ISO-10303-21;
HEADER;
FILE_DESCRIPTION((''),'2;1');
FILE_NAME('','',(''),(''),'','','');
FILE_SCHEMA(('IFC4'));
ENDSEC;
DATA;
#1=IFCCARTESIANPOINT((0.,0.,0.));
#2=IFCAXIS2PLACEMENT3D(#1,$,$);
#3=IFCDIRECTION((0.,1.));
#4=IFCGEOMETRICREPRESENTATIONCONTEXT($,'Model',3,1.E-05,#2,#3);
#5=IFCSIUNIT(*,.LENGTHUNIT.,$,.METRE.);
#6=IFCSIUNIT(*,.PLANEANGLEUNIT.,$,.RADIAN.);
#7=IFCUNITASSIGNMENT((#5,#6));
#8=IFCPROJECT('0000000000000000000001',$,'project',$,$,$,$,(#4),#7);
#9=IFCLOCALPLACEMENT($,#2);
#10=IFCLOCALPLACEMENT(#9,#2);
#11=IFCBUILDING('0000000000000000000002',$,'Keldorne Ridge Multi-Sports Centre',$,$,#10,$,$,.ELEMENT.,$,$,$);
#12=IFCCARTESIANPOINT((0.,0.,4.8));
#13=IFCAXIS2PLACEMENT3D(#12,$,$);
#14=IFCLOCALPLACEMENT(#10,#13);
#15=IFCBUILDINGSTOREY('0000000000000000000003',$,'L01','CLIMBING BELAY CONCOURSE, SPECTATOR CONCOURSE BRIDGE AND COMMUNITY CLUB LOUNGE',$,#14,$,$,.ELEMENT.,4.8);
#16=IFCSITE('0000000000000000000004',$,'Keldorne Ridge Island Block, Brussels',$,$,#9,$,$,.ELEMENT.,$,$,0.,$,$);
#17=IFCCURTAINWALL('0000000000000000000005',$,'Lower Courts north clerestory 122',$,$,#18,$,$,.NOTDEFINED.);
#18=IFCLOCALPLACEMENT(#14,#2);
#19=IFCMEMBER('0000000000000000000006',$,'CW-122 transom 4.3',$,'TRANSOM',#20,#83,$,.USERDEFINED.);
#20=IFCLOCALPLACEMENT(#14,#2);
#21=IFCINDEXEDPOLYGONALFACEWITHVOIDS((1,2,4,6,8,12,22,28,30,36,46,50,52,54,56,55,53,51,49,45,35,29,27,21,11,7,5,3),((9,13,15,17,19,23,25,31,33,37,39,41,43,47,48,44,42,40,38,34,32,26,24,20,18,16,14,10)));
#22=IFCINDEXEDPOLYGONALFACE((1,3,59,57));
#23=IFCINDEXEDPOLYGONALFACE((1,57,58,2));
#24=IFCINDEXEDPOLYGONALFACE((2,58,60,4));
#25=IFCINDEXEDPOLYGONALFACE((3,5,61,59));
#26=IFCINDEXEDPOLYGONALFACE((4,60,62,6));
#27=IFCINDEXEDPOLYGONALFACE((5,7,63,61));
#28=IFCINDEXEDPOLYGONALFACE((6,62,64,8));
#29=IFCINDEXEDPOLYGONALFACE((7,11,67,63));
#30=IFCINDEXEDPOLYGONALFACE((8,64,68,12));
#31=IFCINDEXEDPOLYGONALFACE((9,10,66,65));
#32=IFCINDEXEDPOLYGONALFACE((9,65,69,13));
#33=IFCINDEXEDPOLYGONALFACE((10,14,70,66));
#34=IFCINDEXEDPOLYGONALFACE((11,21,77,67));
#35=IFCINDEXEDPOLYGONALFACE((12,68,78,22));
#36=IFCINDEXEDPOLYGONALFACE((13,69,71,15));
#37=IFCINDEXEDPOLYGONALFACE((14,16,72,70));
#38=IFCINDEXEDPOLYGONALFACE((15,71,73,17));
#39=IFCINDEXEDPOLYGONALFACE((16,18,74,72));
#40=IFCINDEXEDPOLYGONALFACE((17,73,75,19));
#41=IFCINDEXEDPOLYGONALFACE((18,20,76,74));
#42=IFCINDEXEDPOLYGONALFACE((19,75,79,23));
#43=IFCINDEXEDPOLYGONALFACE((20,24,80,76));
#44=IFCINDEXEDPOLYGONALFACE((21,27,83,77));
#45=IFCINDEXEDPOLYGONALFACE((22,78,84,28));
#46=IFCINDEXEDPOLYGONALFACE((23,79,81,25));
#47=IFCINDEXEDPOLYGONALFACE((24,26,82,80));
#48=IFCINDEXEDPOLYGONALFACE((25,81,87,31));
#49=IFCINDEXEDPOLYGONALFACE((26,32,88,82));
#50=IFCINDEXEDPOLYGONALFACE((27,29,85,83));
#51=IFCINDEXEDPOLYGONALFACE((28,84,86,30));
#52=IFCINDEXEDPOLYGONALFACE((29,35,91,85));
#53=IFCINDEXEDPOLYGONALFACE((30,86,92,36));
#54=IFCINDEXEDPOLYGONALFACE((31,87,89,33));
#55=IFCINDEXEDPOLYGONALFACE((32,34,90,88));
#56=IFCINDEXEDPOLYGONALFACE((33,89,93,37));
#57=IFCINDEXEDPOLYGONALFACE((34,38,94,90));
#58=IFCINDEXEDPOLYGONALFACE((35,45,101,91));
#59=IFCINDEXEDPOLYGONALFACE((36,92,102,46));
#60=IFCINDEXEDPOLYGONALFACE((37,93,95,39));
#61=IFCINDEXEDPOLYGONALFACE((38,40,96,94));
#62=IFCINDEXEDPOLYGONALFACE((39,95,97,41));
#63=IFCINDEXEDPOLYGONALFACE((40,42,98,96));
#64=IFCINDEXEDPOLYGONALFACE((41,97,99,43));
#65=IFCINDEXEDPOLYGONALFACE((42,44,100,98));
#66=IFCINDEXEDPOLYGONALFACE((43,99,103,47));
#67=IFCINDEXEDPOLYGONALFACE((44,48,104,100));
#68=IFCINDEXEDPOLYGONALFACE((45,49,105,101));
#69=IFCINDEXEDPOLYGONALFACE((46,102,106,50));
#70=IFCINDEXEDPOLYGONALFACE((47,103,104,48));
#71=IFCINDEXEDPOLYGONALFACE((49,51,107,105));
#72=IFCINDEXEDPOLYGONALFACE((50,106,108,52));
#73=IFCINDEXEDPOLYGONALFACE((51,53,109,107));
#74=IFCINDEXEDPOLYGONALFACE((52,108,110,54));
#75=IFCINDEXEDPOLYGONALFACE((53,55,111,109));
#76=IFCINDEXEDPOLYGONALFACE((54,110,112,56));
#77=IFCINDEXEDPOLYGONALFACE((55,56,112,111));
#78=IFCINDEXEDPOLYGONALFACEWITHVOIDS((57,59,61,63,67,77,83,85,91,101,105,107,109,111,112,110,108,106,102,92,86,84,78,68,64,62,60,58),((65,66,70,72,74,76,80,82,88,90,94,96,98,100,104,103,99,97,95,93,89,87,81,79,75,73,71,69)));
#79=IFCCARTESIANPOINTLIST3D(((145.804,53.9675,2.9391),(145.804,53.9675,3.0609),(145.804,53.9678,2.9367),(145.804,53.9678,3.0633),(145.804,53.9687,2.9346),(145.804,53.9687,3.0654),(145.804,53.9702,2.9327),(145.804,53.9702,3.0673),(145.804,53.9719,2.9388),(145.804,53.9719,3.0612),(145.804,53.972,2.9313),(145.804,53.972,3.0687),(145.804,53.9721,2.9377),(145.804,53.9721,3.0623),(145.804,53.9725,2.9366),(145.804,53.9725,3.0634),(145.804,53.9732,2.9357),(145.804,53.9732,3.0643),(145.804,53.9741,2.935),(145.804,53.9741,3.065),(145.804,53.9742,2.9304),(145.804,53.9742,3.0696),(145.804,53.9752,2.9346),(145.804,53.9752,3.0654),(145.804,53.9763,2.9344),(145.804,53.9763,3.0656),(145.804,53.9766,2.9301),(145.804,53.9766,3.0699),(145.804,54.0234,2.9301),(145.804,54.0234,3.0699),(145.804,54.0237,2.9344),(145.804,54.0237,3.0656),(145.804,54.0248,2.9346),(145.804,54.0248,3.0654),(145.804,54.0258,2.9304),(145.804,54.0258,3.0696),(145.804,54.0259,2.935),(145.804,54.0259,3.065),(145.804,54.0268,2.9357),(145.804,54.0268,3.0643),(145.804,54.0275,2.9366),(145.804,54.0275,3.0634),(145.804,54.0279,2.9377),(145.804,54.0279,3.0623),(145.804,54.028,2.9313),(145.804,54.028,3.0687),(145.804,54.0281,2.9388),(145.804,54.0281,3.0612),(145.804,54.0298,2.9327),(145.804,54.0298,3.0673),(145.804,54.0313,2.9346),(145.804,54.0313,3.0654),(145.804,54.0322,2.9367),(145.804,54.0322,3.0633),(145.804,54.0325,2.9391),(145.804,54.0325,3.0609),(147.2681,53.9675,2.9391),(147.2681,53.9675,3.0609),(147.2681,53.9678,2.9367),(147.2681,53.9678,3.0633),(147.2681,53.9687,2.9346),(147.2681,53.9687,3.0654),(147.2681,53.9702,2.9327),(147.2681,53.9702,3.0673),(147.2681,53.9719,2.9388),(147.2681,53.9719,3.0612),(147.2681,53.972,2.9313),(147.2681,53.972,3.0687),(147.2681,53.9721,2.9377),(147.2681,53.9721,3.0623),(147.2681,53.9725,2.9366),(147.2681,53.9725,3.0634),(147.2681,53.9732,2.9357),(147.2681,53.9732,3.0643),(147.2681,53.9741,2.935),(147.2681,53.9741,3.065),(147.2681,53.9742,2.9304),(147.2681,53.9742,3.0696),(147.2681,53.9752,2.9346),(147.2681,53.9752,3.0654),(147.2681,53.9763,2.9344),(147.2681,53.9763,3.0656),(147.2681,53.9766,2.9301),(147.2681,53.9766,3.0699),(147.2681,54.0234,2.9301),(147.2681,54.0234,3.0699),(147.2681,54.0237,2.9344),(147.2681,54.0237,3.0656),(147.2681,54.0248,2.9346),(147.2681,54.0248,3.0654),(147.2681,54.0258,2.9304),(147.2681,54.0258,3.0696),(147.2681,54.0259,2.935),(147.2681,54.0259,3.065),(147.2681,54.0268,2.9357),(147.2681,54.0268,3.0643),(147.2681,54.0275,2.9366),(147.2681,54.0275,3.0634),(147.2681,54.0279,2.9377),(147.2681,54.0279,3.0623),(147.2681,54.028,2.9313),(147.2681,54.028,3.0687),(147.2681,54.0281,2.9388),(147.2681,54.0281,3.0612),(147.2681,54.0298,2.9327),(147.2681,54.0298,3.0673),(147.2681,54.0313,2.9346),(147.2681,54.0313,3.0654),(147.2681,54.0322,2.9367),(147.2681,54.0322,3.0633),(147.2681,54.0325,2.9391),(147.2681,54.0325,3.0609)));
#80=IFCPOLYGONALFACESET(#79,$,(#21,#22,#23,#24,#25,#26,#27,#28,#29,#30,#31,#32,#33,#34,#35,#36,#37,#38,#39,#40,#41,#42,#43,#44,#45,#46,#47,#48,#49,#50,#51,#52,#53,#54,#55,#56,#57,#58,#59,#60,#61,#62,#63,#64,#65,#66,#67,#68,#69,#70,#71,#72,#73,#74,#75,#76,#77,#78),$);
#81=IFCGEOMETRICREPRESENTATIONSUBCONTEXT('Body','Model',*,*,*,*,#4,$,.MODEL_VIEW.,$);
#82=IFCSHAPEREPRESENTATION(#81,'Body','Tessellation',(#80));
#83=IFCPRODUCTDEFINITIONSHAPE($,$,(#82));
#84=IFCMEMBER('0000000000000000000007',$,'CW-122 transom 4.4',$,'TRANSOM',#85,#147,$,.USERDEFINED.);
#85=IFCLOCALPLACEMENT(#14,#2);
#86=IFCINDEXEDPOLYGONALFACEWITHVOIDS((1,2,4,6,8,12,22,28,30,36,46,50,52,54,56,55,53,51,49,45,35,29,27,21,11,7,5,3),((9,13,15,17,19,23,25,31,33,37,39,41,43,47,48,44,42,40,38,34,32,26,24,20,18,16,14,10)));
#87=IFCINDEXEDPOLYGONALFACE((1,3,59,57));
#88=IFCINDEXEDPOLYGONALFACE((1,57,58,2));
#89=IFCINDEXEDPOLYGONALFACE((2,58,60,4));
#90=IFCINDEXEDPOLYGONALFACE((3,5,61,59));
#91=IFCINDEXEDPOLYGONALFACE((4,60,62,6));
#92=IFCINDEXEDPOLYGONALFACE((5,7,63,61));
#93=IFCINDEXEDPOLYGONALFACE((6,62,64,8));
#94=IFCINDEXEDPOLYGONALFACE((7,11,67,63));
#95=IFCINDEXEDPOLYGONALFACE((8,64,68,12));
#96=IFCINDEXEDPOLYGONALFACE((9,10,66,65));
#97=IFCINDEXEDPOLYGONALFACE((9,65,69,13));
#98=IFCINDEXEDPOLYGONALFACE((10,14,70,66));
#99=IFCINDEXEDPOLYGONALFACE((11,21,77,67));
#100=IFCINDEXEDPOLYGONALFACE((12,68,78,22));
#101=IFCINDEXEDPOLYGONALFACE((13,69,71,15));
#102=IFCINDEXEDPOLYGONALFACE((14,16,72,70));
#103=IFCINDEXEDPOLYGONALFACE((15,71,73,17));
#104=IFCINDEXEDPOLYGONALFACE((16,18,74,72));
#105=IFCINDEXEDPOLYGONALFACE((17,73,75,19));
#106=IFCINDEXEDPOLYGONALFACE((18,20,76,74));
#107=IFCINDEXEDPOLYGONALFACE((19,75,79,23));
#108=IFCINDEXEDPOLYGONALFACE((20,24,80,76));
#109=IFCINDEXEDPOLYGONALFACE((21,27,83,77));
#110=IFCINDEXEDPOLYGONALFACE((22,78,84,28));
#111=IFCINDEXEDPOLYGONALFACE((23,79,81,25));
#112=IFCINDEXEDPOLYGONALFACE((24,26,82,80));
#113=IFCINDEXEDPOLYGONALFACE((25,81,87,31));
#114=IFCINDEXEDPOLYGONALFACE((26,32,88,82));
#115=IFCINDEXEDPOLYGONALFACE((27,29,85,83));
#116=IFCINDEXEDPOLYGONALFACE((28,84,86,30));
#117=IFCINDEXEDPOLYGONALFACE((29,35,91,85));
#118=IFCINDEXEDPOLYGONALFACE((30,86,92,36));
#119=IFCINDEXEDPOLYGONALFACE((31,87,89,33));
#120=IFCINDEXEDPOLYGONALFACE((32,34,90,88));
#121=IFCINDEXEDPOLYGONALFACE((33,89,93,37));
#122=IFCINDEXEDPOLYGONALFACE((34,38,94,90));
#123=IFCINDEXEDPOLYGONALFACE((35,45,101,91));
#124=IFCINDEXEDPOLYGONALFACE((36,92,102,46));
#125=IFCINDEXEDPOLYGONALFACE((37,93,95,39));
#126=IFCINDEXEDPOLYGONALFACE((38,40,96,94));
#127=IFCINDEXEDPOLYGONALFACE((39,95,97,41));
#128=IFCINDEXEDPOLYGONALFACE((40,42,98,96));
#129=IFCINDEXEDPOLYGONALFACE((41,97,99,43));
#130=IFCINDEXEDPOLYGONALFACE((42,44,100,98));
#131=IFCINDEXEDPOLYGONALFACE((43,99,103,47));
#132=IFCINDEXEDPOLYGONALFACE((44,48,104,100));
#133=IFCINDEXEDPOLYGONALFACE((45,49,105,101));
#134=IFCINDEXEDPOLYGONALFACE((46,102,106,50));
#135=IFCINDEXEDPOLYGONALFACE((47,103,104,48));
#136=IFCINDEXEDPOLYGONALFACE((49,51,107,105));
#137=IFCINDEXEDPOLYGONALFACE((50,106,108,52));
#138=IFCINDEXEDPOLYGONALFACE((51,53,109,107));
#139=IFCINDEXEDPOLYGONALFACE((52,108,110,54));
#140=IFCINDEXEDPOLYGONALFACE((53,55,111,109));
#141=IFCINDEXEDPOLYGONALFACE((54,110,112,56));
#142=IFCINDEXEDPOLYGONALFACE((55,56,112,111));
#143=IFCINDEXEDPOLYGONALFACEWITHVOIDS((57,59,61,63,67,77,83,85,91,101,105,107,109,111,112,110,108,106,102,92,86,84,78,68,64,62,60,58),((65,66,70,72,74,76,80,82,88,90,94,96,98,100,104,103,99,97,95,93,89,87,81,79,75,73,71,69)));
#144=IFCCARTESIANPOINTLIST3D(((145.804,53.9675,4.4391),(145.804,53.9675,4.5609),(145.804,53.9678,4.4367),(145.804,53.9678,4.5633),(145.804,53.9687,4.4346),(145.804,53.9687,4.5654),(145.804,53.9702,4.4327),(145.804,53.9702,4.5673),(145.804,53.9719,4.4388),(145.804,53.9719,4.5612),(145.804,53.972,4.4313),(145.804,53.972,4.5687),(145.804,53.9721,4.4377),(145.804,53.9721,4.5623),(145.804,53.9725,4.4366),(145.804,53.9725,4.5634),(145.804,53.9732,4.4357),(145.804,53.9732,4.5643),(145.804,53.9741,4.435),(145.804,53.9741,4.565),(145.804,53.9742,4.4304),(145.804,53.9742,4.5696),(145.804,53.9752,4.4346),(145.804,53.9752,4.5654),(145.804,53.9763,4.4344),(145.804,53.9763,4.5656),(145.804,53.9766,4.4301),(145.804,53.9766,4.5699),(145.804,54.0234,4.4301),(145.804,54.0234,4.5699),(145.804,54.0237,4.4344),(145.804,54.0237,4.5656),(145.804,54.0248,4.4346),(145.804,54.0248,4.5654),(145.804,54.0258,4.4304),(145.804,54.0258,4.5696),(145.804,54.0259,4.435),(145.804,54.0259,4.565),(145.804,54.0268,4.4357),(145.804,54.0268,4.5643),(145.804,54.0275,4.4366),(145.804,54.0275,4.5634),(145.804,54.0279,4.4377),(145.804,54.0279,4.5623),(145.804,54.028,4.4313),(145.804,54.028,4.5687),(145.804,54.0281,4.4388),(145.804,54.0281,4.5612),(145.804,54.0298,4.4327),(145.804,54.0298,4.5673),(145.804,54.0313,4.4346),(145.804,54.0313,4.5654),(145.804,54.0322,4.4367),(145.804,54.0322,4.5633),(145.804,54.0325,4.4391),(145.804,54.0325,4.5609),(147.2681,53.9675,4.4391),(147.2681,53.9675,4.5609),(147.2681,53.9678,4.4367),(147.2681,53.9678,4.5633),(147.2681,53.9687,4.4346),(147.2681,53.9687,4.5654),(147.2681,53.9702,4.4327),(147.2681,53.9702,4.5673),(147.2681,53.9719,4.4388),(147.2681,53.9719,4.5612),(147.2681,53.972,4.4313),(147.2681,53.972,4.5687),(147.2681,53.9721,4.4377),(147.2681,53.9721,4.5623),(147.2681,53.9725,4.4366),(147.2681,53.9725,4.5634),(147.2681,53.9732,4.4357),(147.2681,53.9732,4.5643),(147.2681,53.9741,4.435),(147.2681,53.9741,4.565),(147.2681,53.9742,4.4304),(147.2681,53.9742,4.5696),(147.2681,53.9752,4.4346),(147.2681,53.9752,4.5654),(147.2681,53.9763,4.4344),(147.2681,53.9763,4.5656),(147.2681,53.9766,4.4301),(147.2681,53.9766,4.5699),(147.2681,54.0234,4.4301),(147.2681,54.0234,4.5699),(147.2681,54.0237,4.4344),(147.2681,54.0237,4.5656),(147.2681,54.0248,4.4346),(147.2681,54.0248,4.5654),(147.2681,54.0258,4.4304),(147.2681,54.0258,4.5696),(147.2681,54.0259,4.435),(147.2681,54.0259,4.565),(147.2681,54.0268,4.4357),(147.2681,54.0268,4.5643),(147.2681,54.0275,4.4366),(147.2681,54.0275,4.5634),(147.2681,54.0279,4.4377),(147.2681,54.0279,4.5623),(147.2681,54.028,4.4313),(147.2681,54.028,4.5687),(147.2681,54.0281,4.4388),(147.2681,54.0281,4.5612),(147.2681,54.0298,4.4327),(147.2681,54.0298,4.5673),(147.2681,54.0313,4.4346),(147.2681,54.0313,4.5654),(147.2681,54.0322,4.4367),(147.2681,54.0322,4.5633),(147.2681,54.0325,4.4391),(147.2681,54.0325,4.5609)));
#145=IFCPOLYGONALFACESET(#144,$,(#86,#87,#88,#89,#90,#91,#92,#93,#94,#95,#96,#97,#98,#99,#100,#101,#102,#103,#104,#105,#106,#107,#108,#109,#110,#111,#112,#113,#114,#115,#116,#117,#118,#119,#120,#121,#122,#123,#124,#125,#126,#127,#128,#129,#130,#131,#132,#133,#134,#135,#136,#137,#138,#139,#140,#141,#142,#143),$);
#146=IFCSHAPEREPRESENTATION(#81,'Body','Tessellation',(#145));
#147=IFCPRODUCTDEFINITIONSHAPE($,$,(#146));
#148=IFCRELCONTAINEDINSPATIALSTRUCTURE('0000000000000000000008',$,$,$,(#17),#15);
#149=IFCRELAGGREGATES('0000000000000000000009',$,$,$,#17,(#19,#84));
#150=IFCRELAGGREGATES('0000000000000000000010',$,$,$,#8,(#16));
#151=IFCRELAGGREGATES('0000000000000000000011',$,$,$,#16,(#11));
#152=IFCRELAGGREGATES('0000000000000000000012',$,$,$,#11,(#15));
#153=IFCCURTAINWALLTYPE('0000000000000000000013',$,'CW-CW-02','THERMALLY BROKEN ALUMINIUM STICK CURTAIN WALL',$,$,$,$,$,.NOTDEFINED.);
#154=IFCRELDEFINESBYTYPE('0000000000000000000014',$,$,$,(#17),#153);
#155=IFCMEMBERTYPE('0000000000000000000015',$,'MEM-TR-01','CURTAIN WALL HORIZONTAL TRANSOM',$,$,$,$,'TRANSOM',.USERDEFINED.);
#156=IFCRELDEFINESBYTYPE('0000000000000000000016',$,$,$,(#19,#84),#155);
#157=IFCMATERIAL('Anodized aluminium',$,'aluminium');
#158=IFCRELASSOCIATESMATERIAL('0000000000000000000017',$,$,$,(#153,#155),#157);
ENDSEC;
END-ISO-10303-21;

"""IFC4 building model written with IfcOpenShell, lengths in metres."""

from ifc_helpers import new_model, si_unit, direction, frame, origin, origin_2d, place, context, subcontext, project, spatial, hollow_rectangle, extrude, material, material_profile, profile_set, type_object, element, aggregate, save


model = new_model("IFC4")

# Units and contexts
model_context = context("Model", 3, precision=1e-05, world=origin(), true_north=direction((0.0, 1.0)))
body_context = subcontext(model_context, "Body", "Model", "MODEL_VIEW")
ifc_project = project(units=[si_unit("LENGTHUNIT", "METRE"), si_unit("PLANEANGLEUNIT", "RADIAN")], contexts=[model_context])

# Site, building, storey
site_placement = place(None, origin())
site = spatial("IfcSite", under=ifc_project, at=site_placement, Name="Keldorne Ridge Island Block, Brussels", CompositionType="ELEMENT", RefElevation=0.0)
building_placement = place(site_placement, origin())
building = spatial("IfcBuilding", under=site, at=building_placement, Name="Keldorne Ridge Multi-Sports Centre", CompositionType="ELEMENT")
storey_placement = place(building_placement, frame((0.0, 0.0, 4.8)))
storey = spatial("IfcBuildingStorey", under=building, at=storey_placement, Name="L01", Description="CLIMBING BELAY CONCOURSE, SPECTATOR CONCOURSE BRIDGE AND COMMUNITY CLUB LOUNGE", CompositionType="ELEMENT", Elevation=4.8)

# Curtain wall, members
ifc_material_1 = material(Name="Anodized aluminium", Category="aluminium")
curtain_wall_type = type_object("IfcCurtainWallType", Name="CW-CW-02", Description="THERMALLY BROKEN ALUMINIUM STICK CURTAIN WALL", PredefinedType="NOTDEFINED", material=ifc_material_1)
curtain_wall_placement = place(storey_placement, origin())
curtain_wall = element("IfcCurtainWall", 1, at=curtain_wall_placement, inside=storey, type_object=curtain_wall_type, Name="Lower Courts north clerestory 122", PredefinedType="NOTDEFINED")
ifc_material_profile_1 = material_profile(ifc_material_1, hollow_rectangle(XDim=0.0649, YDim=0.1399, WallThickness=0.0044, InnerFilletRadius=0.0044, OuterFilletRadius=0.009, at=origin_2d()), Name="ALU TRANSOM 140x65x4.5")
ifc_profile_set_1 = profile_set([ifc_material_profile_1], Name="Anodized aluminium")
member_type_1 = type_object("IfcMemberType", Name="MEM-TR-01", Description="CURTAIN WALL HORIZONTAL TRANSOM", ElementType="TRANSOM", PredefinedType="USERDEFINED", material=ifc_profile_set_1)
member_1_placement = place(storey_placement, frame((147.2681, 54.0, 3.0), z_axis=(-1.0, 0.0, 0.0), x_axis=(0.0, -1.0, 0.0)))
member_1 = element("IfcMember", 2, at=member_1_placement, type_object=member_type_1, Name="CW-122 transom 4.3", ObjectType="TRANSOM", PredefinedType="USERDEFINED", context=body_context, shape_type="SweptSolid", body=[
    extrude(hollow_rectangle(XDim=0.0649, YDim=0.1399, WallThickness=0.0044, InnerFilletRadius=0.0044, OuterFilletRadius=0.009, at=origin_2d()), origin(), (0.0, 0.0, 1.0), 1.4641),
])
member_2_placement = place(storey_placement, frame((147.2681, 54.0, 4.5), z_axis=(-1.0, 0.0, 0.0), x_axis=(0.0, -1.0, 0.0)))
member_2 = element("IfcMember", 3, at=member_2_placement, type_object=member_type_1, Name="CW-122 transom 4.4", ObjectType="TRANSOM", PredefinedType="USERDEFINED", context=body_context, shape_type="SweptSolid", body=[
    extrude(hollow_rectangle(XDim=0.0649, YDim=0.1399, WallThickness=0.0044, InnerFilletRadius=0.0044, OuterFilletRadius=0.009, at=origin_2d()), origin(), (0.0, 0.0, 1.0), 1.4641),
])
aggregate(curtain_wall, [member_1, member_2])

save(model, "model.ifc")
